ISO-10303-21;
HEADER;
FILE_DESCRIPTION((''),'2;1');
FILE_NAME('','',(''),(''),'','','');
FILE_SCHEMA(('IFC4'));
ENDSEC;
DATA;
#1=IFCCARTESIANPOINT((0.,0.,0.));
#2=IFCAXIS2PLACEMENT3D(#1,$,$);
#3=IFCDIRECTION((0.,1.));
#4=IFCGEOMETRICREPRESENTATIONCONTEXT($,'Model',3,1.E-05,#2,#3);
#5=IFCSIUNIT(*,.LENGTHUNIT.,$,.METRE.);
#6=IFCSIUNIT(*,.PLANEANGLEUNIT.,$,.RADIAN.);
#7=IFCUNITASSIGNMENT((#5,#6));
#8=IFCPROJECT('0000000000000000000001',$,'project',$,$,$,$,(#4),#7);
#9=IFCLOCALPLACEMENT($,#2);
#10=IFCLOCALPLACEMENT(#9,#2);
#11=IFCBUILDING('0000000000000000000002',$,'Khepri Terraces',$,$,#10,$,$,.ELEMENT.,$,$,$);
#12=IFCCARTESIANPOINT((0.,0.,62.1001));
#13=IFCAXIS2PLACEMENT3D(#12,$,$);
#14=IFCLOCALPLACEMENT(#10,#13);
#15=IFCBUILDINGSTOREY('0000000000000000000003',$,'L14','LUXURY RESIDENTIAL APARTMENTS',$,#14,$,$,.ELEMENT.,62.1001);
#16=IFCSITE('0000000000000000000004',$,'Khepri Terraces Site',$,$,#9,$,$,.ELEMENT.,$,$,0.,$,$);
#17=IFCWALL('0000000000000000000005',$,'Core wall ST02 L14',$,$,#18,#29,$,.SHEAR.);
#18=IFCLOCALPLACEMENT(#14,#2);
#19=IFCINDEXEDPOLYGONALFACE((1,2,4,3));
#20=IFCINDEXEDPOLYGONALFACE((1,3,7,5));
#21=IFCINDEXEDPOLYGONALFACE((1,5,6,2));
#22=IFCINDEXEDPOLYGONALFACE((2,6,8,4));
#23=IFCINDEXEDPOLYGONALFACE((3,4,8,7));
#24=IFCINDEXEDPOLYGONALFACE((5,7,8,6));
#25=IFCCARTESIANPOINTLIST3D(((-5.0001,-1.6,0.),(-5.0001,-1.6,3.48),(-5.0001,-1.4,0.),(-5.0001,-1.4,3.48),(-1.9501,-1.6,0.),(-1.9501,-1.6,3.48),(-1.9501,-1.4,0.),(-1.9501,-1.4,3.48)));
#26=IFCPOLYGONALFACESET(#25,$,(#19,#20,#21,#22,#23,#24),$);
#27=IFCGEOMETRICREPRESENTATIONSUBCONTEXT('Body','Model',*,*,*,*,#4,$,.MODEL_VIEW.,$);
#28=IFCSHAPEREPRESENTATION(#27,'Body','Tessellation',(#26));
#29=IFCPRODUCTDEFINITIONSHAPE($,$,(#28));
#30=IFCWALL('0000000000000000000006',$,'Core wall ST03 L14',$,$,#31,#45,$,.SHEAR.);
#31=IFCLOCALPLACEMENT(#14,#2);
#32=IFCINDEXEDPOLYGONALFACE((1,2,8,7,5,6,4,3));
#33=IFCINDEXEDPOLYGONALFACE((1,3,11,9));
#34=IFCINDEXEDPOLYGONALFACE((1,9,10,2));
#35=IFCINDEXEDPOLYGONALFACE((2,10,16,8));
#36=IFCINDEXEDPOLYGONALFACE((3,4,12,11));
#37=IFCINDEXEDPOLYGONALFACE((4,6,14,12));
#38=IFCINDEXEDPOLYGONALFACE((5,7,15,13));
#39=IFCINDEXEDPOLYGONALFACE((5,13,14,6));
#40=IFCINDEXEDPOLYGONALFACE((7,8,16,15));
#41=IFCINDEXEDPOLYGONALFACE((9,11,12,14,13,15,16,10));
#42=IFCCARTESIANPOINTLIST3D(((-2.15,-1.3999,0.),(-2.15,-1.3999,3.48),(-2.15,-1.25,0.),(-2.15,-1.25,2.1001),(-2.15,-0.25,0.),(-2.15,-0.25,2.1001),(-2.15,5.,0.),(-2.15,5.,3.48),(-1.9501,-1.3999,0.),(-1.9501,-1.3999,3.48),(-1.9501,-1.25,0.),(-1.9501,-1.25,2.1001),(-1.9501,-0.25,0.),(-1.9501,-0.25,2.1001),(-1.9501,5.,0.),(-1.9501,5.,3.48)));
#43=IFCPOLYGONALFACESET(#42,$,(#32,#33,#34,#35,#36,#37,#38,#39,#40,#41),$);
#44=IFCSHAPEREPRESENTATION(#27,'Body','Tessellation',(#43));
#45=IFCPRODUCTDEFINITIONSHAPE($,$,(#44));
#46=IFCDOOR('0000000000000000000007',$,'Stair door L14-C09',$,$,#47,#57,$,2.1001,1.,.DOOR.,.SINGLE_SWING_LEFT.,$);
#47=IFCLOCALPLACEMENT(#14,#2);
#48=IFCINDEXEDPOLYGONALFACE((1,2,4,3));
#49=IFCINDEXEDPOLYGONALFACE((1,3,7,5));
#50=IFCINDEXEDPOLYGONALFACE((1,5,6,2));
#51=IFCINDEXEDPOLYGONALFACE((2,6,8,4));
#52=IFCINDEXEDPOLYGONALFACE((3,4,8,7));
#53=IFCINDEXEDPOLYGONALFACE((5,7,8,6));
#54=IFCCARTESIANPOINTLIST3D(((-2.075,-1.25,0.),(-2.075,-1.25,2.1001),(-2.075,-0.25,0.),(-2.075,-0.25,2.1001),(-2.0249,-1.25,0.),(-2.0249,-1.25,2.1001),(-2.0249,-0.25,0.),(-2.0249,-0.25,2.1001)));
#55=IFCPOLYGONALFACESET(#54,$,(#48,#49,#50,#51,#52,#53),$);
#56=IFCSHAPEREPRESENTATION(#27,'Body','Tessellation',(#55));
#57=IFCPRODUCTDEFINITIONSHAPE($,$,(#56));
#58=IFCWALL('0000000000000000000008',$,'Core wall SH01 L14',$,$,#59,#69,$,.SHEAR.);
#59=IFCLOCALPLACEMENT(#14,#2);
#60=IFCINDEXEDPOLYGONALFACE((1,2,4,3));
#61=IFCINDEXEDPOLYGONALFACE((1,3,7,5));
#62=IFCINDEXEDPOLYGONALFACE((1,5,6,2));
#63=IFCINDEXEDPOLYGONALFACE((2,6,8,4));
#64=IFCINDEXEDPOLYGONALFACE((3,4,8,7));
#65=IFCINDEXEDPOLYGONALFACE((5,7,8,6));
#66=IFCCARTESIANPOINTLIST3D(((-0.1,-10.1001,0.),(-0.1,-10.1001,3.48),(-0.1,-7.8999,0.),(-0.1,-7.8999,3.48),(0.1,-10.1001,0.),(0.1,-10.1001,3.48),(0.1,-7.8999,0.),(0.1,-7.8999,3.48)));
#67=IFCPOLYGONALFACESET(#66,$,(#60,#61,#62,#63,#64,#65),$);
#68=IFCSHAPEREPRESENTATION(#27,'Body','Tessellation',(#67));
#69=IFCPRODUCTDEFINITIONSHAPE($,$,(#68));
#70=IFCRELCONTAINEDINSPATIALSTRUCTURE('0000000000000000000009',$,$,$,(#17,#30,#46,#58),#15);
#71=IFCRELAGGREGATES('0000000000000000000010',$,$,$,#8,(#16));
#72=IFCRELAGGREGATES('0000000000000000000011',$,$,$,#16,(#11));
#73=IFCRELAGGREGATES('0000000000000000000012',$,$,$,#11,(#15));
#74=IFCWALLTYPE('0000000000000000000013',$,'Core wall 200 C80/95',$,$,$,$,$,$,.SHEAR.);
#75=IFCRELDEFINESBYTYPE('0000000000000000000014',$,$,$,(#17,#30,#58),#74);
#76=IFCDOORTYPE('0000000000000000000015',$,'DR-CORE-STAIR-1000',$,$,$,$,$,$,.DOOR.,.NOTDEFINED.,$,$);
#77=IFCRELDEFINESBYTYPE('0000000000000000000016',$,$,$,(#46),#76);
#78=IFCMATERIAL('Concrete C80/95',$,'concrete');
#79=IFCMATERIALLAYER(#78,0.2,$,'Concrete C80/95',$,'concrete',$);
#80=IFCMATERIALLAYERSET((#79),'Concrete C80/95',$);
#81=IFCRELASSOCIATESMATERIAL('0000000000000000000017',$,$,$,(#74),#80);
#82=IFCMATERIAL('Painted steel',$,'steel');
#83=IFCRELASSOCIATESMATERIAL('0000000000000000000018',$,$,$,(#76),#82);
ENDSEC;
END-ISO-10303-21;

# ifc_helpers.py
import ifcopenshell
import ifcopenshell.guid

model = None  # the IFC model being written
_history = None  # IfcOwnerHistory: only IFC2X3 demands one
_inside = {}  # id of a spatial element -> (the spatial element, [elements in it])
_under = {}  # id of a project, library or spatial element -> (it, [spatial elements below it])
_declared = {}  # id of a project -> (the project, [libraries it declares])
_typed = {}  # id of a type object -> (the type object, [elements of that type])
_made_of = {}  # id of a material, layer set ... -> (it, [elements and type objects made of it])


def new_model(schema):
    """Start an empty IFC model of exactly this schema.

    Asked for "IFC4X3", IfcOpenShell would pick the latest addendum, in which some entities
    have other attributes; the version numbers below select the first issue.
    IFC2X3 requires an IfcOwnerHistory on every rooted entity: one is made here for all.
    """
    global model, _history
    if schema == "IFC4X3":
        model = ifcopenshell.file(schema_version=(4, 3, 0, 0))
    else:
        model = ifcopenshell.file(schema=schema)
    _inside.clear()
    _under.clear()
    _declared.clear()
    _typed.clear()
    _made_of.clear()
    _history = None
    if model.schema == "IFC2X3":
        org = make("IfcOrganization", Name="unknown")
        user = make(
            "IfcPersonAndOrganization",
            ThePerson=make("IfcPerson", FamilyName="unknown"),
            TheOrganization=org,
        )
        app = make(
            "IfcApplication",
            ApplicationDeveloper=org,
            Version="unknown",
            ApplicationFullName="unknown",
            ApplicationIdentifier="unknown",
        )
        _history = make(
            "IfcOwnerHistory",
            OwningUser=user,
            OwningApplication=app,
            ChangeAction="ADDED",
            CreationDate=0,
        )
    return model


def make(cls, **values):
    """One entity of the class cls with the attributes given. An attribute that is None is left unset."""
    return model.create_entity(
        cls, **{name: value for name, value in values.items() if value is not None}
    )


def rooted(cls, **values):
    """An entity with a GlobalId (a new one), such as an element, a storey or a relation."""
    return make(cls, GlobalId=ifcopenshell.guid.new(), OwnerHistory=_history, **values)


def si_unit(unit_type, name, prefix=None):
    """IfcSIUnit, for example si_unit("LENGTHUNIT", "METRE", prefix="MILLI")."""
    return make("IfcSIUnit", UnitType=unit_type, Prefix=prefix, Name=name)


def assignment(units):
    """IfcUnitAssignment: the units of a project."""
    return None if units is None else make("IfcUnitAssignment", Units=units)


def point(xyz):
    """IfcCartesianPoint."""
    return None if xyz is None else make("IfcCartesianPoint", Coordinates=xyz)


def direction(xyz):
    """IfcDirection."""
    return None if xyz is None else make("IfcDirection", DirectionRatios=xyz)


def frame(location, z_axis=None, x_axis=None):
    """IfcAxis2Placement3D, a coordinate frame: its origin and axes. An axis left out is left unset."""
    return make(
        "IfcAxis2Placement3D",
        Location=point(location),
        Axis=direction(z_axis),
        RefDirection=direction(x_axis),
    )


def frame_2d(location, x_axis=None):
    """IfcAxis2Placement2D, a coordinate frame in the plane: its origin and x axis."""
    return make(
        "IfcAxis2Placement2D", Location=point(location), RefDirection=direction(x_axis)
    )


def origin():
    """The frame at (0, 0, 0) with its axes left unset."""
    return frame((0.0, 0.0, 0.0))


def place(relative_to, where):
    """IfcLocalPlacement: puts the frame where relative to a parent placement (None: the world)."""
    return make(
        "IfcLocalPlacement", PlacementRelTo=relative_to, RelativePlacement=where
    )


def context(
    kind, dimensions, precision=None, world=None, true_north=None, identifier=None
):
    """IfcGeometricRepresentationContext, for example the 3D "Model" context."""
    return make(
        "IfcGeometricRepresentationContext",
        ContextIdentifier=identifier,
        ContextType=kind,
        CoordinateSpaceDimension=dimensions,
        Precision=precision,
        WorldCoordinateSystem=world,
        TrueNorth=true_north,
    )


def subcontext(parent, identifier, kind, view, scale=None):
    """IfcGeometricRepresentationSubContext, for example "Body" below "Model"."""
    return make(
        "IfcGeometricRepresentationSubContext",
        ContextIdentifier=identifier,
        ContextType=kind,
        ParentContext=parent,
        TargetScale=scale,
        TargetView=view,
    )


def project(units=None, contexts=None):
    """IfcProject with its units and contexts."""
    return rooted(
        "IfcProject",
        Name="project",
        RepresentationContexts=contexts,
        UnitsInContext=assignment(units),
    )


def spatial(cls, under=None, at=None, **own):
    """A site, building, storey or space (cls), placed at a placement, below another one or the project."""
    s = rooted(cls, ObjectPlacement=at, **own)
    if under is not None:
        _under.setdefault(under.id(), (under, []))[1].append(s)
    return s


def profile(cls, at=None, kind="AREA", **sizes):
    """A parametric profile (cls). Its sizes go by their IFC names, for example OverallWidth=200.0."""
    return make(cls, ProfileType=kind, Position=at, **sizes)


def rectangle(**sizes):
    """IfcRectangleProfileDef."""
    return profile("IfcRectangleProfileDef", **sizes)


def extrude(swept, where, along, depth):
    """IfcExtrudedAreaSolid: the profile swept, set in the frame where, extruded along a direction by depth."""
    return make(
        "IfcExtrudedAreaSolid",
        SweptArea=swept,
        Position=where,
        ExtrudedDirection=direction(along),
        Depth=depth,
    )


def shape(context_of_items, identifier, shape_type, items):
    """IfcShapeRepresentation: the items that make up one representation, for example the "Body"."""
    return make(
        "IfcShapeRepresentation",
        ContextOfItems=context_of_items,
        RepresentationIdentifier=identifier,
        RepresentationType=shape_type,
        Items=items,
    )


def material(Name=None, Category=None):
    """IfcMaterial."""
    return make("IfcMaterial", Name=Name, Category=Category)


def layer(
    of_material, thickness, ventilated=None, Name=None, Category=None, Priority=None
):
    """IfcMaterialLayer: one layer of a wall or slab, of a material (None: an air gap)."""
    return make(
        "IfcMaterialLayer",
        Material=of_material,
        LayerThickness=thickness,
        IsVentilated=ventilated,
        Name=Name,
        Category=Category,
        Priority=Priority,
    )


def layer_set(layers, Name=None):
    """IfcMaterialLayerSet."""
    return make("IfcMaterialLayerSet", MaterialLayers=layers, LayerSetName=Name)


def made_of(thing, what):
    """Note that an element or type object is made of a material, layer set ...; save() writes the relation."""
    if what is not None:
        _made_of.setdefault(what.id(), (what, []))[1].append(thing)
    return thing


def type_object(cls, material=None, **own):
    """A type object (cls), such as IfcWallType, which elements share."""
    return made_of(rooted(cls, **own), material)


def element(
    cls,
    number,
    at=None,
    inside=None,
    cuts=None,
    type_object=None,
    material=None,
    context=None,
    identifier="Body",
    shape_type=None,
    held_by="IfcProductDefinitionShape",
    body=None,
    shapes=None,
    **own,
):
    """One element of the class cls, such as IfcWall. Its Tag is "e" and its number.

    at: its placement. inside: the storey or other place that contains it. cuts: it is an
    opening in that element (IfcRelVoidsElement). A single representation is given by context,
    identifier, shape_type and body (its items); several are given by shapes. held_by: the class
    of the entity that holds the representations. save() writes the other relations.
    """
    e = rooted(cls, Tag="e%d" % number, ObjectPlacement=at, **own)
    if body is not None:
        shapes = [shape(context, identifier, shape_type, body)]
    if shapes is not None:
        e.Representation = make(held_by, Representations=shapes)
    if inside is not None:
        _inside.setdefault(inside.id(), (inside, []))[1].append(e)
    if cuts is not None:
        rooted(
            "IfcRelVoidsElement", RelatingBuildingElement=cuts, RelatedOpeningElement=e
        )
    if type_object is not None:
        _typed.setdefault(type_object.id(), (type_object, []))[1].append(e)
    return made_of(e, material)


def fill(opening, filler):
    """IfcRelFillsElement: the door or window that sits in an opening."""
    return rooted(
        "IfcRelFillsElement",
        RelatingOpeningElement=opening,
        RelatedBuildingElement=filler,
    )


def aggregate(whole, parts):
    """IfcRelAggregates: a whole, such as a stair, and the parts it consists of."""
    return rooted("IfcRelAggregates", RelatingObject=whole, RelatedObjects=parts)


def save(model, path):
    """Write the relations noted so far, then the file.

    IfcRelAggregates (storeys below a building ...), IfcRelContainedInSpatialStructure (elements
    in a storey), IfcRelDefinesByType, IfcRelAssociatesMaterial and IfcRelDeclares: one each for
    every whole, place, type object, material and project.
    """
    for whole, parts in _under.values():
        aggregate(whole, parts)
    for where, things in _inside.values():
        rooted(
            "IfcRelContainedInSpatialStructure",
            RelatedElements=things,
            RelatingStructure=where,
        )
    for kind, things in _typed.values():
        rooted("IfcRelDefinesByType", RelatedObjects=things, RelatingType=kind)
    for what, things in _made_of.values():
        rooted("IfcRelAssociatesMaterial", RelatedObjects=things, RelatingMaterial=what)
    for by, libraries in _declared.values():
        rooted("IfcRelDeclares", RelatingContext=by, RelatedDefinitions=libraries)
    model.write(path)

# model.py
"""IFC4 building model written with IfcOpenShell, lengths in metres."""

from ifc_helpers import new_model, si_unit, direction, frame, frame_2d, origin, place, context, subcontext, project, spatial, rectangle, extrude, material, layer, layer_set, type_object, element, fill, save


model = new_model("IFC4")

# Units and contexts
model_context = context("Model", 3, precision=1e-05, world=origin(), true_north=direction((0.0, 1.0)))
body_context = subcontext(model_context, "Body", "Model", "MODEL_VIEW")
ifc_project = project(units=[si_unit("LENGTHUNIT", "METRE"), si_unit("PLANEANGLEUNIT", "RADIAN")], contexts=[model_context])

# Site, building, storey
site_placement = place(None, origin())
site = spatial("IfcSite", under=ifc_project, at=site_placement, Name="Khepri Terraces Site", CompositionType="ELEMENT", RefElevation=0.0)
building_placement = place(site_placement, origin())
building = spatial("IfcBuilding", under=site, at=building_placement, Name="Khepri Terraces", CompositionType="ELEMENT")
storey_placement = place(building_placement, frame((0.0, 0.0, 62.1001)))
storey = spatial("IfcBuildingStorey", under=building, at=storey_placement, Name="L14", Description="LUXURY RESIDENTIAL APARTMENTS", CompositionType="ELEMENT", Elevation=62.1001)

# Wall
ifc_material_1 = material(Name="Concrete C80/95", Category="concrete")
ifc_layer_1 = layer(ifc_material_1, 0.2, Name="Concrete C80/95", Category="concrete")
ifc_layer_set_1 = layer_set([ifc_layer_1], Name="Concrete C80/95")
wall_type_1 = type_object("IfcWallType", Name="Core wall 200 C80/95", PredefinedType="SHEAR", material=ifc_layer_set_1)
wall_1_placement = place(storey_placement, frame((-5.0, -1.5, 0.0), z_axis=(0.0, 0.0, 1.0), x_axis=(1.0, 0.0, 0.0)))
element("IfcWall", 1, at=wall_1_placement, inside=storey, type_object=wall_type_1, Name="Core wall ST02 L14", PredefinedType="SHEAR", context=body_context, shape_type="SweptSolid", body=[
    extrude(rectangle(XDim=3.05, YDim=0.2, at=frame_2d((1.5249, 0.0))), origin(), (0.0, 0.0, 1.0), 3.48),
])

# Wall, opening, door
wall_2_placement = place(storey_placement, frame((-2.05, -1.3999, 0.0), z_axis=(0.0, 0.0, 1.0), x_axis=(0.0, 1.0, 0.0)))
wall_2 = element("IfcWall", 2, at=wall_2_placement, inside=storey, type_object=wall_type_1, Name="Core wall ST03 L14", PredefinedType="SHEAR", context=body_context, shape_type="SweptSolid", body=[
    extrude(rectangle(XDim=6.3999, YDim=0.2, at=frame_2d((3.2, 0.0))), origin(), (0.0, 0.0, 1.0), 3.48),
])
opening_1_placement = place(wall_2_placement, frame((0.1499, 0.0, 0.0)))
opening_1 = element("IfcOpeningElement", 3, at=opening_1_placement, cuts=wall_2, PredefinedType="OPENING", context=body_context, shape_type="SweptSolid", body=[
    extrude(rectangle(XDim=1.0, YDim=2.1001, at=frame_2d((0.5, 1.05))), frame((0.0, 0.1099, 0.0), z_axis=(0.0, -1.0, 0.0), x_axis=(1.0, 0.0, 0.0)), (0.0, 0.0, 1.0), 0.22),
])
ifc_material_2 = material(Name="Painted steel", Category="steel")
door_type_1 = type_object("IfcDoorType", Name="DR-CORE-STAIR-1000", OperationType="NOTDEFINED", PredefinedType="DOOR", material=ifc_material_2)
door_1_placement = place(opening_1_placement, origin())
door_1 = element("IfcDoor", 4, at=door_1_placement, inside=storey, type_object=door_type_1, Name="Stair door L14-C09", OperationType="SINGLE_SWING_LEFT", OverallHeight=2.1001, OverallWidth=1.0, PredefinedType="DOOR", context=body_context, shape_type="SweptSolid", body=[
    extrude(rectangle(XDim=1.0, YDim=2.1001, at=frame_2d((0.5, 1.05))), frame((0.0, 0.0249, 0.0), z_axis=(0.0, -1.0, 0.0), x_axis=(1.0, 0.0, 0.0)), (0.0, 0.0, 1.0), 0.05),
])
fill(opening_1, door_1)

# Wall
wall_3_placement = place(storey_placement, frame((0.0, -10.1001, 0.0), z_axis=(0.0, 0.0, 1.0), x_axis=(0.0, 1.0, 0.0)))
element("IfcWall", 5, at=wall_3_placement, inside=storey, type_object=wall_type_1, Name="Core wall SH01 L14", PredefinedType="SHEAR", context=body_context, shape_type="SweptSolid", body=[
    extrude(rectangle(XDim=2.2002, YDim=0.2, at=frame_2d((1.1001, 0.0))), origin(), (0.0, 0.0, 1.0), 3.48),
])

save(model, "model.ifc")
